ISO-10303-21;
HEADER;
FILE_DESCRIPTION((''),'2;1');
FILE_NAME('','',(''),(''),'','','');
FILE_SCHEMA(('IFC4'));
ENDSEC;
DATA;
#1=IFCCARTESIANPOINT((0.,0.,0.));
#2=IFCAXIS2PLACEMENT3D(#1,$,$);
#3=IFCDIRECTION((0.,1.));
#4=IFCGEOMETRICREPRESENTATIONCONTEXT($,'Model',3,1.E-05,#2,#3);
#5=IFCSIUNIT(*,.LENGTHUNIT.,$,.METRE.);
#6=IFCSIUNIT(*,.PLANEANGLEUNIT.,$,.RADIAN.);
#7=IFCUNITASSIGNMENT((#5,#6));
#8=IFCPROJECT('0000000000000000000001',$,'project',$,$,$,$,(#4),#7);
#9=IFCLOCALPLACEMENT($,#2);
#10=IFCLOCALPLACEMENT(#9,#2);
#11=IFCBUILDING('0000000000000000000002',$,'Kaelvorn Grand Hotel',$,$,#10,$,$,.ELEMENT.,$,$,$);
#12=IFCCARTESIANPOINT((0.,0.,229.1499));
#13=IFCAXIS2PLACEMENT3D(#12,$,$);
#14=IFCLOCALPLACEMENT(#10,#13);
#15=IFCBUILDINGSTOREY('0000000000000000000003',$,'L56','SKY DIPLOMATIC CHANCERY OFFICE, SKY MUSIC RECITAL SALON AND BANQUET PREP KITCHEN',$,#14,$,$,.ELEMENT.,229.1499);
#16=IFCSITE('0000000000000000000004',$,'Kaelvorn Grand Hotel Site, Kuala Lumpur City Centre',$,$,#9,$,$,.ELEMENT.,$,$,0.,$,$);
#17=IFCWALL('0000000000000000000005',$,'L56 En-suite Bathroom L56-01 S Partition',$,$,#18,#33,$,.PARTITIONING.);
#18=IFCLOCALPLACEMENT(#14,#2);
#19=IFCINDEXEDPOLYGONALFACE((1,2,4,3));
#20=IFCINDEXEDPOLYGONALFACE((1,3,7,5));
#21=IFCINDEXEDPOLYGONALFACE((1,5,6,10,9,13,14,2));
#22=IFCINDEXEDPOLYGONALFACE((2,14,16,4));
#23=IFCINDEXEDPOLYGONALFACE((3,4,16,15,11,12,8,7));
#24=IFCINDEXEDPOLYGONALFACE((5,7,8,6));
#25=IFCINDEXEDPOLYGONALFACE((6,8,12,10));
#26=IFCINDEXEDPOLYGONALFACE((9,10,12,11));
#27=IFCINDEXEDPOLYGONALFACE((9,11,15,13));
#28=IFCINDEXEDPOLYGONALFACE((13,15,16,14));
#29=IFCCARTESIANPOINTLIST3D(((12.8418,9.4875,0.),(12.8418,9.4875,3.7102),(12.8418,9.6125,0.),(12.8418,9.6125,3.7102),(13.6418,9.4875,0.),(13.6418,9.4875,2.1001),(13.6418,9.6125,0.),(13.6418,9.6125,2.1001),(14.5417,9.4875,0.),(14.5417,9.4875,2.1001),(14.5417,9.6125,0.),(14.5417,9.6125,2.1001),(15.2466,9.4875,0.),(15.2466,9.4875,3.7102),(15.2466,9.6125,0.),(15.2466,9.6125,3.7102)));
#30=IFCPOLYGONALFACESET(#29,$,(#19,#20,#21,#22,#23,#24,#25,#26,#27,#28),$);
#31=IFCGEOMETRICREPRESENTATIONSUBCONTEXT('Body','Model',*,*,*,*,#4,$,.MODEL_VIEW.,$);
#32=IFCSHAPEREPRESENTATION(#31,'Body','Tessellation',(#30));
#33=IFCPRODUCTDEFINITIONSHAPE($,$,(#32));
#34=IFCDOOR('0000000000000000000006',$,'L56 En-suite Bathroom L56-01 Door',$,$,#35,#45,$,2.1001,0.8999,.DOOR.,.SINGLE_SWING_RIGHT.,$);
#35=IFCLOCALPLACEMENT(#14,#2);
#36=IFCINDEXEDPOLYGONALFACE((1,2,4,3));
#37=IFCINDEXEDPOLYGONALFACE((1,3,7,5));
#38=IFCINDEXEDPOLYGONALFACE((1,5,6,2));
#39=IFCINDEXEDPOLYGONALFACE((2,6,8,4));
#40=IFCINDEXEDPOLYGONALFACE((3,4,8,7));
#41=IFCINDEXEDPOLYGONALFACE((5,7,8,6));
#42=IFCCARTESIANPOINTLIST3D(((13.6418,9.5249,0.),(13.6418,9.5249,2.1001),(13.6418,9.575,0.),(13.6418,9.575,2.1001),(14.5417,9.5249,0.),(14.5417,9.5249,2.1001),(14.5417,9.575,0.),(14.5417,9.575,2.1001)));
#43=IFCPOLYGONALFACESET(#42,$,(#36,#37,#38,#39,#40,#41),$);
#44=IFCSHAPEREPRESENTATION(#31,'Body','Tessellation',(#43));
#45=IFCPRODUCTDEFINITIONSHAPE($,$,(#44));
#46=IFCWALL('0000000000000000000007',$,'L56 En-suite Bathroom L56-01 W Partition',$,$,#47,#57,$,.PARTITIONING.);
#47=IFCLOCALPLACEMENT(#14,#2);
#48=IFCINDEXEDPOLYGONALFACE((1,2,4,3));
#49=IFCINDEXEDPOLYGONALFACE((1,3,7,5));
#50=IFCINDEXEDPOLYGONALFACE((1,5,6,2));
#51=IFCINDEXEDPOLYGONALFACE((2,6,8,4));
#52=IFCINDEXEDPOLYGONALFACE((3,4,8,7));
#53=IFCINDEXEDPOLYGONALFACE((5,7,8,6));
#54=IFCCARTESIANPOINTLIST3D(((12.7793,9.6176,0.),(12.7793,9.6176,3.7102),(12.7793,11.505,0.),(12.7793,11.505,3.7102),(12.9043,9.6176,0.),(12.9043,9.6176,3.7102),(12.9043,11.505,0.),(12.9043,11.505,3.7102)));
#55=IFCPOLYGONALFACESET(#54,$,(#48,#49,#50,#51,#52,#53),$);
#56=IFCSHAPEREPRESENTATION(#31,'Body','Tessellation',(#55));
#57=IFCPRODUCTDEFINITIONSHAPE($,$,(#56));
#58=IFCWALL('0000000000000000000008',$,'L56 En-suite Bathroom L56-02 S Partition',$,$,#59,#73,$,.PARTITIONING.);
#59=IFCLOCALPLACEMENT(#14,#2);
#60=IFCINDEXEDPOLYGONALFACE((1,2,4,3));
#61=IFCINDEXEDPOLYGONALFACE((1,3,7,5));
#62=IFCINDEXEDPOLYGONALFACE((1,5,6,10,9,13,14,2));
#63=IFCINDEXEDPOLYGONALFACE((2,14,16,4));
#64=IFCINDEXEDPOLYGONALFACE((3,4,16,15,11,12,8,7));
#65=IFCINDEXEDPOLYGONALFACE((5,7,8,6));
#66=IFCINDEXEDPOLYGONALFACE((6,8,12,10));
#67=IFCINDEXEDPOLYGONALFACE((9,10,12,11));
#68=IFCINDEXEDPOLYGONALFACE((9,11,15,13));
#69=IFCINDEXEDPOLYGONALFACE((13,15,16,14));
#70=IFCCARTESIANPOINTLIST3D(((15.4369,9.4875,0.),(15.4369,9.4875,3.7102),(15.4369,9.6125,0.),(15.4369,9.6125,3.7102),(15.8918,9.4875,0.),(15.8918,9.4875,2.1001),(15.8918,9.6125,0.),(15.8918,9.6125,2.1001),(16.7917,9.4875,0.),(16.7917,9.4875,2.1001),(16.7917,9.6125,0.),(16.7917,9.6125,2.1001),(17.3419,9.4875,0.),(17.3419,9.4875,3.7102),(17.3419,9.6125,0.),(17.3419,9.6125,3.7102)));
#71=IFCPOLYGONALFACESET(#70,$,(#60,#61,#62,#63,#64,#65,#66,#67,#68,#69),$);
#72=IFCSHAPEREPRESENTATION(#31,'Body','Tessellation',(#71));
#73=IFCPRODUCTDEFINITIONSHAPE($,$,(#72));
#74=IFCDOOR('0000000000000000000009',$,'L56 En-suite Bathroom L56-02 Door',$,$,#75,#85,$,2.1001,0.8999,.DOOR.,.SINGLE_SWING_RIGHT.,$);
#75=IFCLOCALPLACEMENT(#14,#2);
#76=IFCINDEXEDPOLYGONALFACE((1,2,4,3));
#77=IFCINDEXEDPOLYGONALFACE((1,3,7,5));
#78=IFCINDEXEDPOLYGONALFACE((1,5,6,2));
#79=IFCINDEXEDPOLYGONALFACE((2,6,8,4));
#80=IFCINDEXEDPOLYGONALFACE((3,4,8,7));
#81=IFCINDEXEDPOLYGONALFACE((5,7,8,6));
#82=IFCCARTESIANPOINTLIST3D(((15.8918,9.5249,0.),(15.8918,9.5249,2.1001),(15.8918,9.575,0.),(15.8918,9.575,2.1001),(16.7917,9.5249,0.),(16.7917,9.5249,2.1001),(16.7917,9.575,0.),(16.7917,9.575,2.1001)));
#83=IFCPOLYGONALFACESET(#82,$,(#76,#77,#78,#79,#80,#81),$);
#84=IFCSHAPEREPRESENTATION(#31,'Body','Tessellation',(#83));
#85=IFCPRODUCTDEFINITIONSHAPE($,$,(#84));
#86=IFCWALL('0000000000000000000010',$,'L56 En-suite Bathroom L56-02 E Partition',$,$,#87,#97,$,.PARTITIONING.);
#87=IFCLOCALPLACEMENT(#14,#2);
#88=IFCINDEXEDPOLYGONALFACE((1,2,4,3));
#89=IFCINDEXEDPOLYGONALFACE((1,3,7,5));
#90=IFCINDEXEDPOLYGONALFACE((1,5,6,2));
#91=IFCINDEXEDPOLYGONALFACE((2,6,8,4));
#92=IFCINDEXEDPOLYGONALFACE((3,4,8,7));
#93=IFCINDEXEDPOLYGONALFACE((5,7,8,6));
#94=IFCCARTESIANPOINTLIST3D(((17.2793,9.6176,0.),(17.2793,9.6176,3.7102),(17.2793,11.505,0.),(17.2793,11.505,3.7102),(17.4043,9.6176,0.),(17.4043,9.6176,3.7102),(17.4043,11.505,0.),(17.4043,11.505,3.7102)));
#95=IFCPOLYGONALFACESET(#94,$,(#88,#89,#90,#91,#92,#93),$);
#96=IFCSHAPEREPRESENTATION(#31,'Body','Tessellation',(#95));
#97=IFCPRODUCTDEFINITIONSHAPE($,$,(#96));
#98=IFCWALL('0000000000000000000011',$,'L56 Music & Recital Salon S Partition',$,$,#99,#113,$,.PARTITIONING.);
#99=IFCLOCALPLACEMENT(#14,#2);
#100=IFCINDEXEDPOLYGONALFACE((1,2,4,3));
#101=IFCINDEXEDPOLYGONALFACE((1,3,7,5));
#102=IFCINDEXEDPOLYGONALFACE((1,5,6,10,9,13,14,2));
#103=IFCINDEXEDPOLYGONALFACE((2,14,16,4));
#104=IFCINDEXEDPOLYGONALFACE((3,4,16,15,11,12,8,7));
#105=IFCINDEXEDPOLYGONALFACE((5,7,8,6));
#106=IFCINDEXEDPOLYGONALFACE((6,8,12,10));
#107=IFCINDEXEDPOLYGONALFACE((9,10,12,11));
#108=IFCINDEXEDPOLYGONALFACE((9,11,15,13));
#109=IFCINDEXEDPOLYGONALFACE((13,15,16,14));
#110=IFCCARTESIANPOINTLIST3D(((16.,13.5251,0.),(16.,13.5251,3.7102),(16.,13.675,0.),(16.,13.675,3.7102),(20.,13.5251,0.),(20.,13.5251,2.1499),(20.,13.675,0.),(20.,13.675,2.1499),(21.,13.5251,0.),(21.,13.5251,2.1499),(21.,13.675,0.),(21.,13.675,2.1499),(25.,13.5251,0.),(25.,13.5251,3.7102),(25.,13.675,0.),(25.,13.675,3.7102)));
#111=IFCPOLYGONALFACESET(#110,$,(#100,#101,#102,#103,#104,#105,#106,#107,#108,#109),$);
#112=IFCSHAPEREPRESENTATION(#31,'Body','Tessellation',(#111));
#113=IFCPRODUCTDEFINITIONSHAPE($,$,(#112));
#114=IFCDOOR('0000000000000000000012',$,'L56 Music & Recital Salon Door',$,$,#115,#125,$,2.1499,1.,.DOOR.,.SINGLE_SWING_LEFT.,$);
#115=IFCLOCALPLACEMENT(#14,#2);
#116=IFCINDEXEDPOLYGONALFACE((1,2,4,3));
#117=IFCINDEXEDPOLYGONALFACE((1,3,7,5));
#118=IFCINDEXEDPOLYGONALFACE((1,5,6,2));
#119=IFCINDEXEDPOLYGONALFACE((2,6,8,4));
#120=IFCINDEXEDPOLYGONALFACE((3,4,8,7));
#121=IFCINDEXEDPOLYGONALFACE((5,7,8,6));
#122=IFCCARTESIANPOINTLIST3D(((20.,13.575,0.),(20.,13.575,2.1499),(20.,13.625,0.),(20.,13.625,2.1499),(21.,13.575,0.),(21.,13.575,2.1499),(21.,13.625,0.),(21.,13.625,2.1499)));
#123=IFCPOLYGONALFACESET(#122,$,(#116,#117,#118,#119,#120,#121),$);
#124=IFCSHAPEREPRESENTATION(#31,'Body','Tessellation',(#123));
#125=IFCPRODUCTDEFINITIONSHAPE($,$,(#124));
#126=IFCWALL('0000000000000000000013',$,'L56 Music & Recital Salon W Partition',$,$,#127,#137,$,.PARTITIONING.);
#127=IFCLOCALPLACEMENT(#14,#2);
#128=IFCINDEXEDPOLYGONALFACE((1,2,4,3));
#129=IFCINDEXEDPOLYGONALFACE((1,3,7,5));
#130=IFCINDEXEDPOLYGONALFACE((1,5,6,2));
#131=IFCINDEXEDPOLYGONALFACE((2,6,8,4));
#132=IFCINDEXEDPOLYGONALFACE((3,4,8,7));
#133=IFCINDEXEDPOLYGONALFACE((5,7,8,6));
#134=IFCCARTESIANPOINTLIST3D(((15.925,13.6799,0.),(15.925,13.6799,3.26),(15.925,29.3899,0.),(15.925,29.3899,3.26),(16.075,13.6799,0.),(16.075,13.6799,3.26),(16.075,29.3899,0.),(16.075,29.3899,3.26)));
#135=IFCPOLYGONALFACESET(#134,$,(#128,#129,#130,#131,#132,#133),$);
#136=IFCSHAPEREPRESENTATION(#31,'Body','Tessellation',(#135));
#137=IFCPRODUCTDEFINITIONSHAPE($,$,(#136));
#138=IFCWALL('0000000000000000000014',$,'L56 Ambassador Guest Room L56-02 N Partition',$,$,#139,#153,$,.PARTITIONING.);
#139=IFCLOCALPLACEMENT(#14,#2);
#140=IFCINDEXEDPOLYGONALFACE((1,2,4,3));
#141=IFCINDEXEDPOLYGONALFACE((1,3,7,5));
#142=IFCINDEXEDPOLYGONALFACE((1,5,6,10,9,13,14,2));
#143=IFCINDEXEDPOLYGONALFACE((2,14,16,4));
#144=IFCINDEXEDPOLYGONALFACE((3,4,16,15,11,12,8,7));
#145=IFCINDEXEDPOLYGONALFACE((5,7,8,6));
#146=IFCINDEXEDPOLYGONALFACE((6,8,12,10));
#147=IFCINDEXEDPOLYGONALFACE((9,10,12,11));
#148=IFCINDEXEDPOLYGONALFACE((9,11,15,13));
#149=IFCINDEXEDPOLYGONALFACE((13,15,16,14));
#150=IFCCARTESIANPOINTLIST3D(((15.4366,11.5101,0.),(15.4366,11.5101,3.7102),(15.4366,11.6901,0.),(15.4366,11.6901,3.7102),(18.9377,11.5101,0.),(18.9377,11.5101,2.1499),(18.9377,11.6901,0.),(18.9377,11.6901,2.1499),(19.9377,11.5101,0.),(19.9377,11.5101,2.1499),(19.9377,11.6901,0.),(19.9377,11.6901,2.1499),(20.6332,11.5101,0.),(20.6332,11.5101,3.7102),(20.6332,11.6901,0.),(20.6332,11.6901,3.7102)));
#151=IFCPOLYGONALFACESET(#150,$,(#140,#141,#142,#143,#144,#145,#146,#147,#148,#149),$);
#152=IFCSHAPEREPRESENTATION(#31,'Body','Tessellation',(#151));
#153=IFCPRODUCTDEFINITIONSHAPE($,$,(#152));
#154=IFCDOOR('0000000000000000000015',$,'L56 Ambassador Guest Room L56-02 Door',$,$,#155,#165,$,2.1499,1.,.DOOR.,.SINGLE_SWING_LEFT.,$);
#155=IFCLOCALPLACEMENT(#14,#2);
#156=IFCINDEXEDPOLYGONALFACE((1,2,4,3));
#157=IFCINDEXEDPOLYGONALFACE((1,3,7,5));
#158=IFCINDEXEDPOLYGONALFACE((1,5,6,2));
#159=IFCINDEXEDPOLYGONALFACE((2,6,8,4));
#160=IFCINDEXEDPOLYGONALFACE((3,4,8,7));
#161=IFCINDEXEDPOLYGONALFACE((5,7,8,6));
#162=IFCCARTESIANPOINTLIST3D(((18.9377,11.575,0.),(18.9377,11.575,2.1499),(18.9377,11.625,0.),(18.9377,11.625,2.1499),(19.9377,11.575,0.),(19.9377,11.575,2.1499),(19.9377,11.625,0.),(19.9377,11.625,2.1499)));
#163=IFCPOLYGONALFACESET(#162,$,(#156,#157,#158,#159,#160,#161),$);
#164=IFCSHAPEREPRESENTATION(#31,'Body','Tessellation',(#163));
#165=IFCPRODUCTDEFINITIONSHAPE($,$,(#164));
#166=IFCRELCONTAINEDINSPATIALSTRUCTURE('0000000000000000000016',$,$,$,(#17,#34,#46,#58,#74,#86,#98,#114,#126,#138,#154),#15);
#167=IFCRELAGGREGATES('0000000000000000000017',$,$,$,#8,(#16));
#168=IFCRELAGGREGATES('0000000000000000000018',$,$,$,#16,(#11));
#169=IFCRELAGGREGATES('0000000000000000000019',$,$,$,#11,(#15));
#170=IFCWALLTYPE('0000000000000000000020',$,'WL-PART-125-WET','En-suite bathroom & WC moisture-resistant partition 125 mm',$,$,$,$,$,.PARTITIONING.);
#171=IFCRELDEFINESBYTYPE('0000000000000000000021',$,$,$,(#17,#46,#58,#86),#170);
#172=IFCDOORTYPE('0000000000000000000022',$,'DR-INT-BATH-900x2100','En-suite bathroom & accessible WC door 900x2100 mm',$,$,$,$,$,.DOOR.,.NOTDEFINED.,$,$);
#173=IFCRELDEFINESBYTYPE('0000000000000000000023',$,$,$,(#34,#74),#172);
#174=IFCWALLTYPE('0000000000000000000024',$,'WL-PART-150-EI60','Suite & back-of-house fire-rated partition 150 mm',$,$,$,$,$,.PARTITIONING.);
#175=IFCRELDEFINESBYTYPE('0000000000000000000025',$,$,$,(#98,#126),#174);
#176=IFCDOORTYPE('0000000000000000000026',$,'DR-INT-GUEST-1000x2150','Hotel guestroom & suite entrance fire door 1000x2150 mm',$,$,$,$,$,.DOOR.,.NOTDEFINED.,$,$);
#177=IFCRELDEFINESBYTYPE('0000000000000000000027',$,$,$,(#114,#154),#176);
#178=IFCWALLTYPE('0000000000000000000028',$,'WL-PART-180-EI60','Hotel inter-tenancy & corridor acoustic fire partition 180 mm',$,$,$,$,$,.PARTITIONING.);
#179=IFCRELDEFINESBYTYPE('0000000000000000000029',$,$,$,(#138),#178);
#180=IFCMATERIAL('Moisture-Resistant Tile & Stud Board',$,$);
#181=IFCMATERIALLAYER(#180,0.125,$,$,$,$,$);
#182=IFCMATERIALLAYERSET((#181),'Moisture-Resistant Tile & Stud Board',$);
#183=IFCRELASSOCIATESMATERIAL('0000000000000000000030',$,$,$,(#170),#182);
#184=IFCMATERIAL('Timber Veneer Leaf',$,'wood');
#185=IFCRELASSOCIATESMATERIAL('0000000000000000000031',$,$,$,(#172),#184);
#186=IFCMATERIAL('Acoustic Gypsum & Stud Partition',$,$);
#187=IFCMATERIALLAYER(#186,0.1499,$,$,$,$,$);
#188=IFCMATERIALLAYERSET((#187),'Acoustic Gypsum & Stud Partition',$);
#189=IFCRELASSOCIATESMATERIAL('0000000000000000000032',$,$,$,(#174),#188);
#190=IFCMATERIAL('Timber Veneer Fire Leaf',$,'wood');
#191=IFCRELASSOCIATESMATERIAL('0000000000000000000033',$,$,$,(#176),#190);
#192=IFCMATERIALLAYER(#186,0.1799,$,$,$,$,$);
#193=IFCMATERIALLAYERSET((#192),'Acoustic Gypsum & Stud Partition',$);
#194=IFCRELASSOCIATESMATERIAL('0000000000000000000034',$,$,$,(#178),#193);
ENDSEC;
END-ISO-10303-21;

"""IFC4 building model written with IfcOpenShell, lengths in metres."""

from ifc_helpers import new_model, si_unit, direction, frame, frame_2d, origin, place, context, subcontext, project, spatial, rectangle, extrude, material, layer, layer_set, type_object, element, fill, save


model = new_model("IFC4")

# Units and contexts
model_context = context("Model", 3, precision=1e-05, world=origin(), true_north=direction((0.0, 1.0)))
body_context = subcontext(model_context, "Body", "Model", "MODEL_VIEW")
ifc_project = project(units=[si_unit("LENGTHUNIT", "METRE"), si_unit("PLANEANGLEUNIT", "RADIAN")], contexts=[model_context])

# Site, building, storey
site_placement = place(None, origin())
site = spatial("IfcSite", under=ifc_project, at=site_placement, Name="Kaelvorn Grand Hotel Site, Kuala Lumpur City Centre", CompositionType="ELEMENT", RefElevation=0.0)
building_placement = place(site_placement, origin())
building = spatial("IfcBuilding", under=site, at=building_placement, Name="Kaelvorn Grand Hotel", CompositionType="ELEMENT")
storey_placement = place(building_placement, frame((0.0, 0.0, 229.1499)))
storey = spatial("IfcBuildingStorey", under=building, at=storey_placement, Name="L56", Description="SKY DIPLOMATIC CHANCERY OFFICE, SKY MUSIC RECITAL SALON AND BANQUET PREP KITCHEN", CompositionType="ELEMENT", Elevation=229.1499)

# Wall, opening, door
ifc_material_1 = material(Name="Moisture-Resistant Tile & Stud Board")
ifc_layer_1 = layer(ifc_material_1, 0.125)
ifc_layer_set_1 = layer_set([ifc_layer_1], Name="Moisture-Resistant Tile & Stud Board")
wall_type_1 = type_object("IfcWallType", Name="WL-PART-125-WET", Description="En-suite bathroom & WC moisture-resistant partition 125 mm", PredefinedType="PARTITIONING", material=ifc_layer_set_1)
wall_1_placement = place(storey_placement, frame((12.8418, 9.55, 0.0), z_axis=(0.0, 0.0, 1.0), x_axis=(1.0, 0.0, 0.0)))
wall_1 = element("IfcWall", 1, at=wall_1_placement, inside=storey, type_object=wall_type_1, Name="L56 En-suite Bathroom L56-01 S Partition", PredefinedType="PARTITIONING", context=body_context, shape_type="SweptSolid", body=[
    extrude(rectangle(XDim=2.4048, YDim=0.125, at=frame_2d((1.2024, 0.0))), origin(), (0.0, 0.0, 1.0), 3.7102),
])
opening_1_placement = place(wall_1_placement, frame((0.8, 0.0, 0.0)))
opening_1 = element("IfcOpeningElement", 2, at=opening_1_placement, cuts=wall_1, PredefinedType="OPENING", context=body_context, shape_type="SweptSolid", body=[
    extrude(rectangle(XDim=0.8999, YDim=2.1001, at=frame_2d((0.45, 1.05))), frame((0.0, 0.0725, 0.0), z_axis=(0.0, -1.0, 0.0), x_axis=(1.0, 0.0, 0.0)), (0.0, 0.0, 1.0), 0.145),
])
ifc_material_2 = material(Name="Timber Veneer Leaf", Category="wood")
door_type_1 = type_object("IfcDoorType", Name="DR-INT-BATH-900x2100", Description="En-suite bathroom & accessible WC door 900x2100 mm", OperationType="NOTDEFINED", PredefinedType="DOOR", material=ifc_material_2)
door_1_placement = place(opening_1_placement, origin())
door_1 = element("IfcDoor", 3, at=door_1_placement, inside=storey, type_object=door_type_1, Name="L56 En-suite Bathroom L56-01 Door", OperationType="SINGLE_SWING_RIGHT", OverallHeight=2.1001, OverallWidth=0.8999, PredefinedType="DOOR", context=body_context, shape_type="SweptSolid", body=[
    extrude(rectangle(XDim=0.8999, YDim=2.1001, at=frame_2d((0.45, 1.05))), frame((0.0, 0.0249, 0.0), z_axis=(0.0, -1.0, 0.0), x_axis=(1.0, 0.0, 0.0)), (0.0, 0.0, 1.0), 0.05),
])
fill(opening_1, door_1)

# Wall
wall_2_placement = place(storey_placement, frame((12.8418, 9.6174, 0.0), z_axis=(0.0, 0.0, 1.0), x_axis=(0.0, 1.0, 0.0)))
element("IfcWall", 4, at=wall_2_placement, inside=storey, type_object=wall_type_1, Name="L56 En-suite Bathroom L56-01 W Partition", PredefinedType="PARTITIONING", context=body_context, shape_type="SweptSolid", body=[
    extrude(rectangle(XDim=1.8875, YDim=0.125, at=frame_2d((0.9438, 0.0))), origin(), (0.0, 0.0, 1.0), 3.7102),
])

# Wall, opening, door
wall_3_placement = place(storey_placement, frame((15.4368, 9.55, 0.0), z_axis=(0.0, 0.0, 1.0), x_axis=(1.0, 0.0, 0.0)))
wall_3 = element("IfcWall", 5, at=wall_3_placement, inside=storey, type_object=wall_type_1, Name="L56 En-suite Bathroom L56-02 S Partition", PredefinedType="PARTITIONING", context=body_context, shape_type="SweptSolid", body=[
    extrude(rectangle(XDim=1.905, YDim=0.125, at=frame_2d((0.9526, 0.0))), origin(), (0.0, 0.0, 1.0), 3.7102),
])
opening_2_placement = place(wall_3_placement, frame((0.4551, 0.0, 0.0)))
opening_2 = element("IfcOpeningElement", 6, at=opening_2_placement, cuts=wall_3, PredefinedType="OPENING", context=body_context, shape_type="SweptSolid", body=[
    extrude(rectangle(XDim=0.8999, YDim=2.1001, at=frame_2d((0.45, 1.05))), frame((0.0, 0.0725, 0.0), z_axis=(0.0, -1.0, 0.0), x_axis=(1.0, 0.0, 0.0)), (0.0, 0.0, 1.0), 0.145),
])
door_2_placement = place(opening_2_placement, origin())
door_2 = element("IfcDoor", 7, at=door_2_placement, inside=storey, type_object=door_type_1, Name="L56 En-suite Bathroom L56-02 Door", OperationType="SINGLE_SWING_RIGHT", OverallHeight=2.1001, OverallWidth=0.8999, PredefinedType="DOOR", context=body_context, shape_type="SweptSolid", body=[
    extrude(rectangle(XDim=0.8999, YDim=2.1001, at=frame_2d((0.45, 1.05))), frame((0.0, 0.0249, 0.0), z_axis=(0.0, -1.0, 0.0), x_axis=(1.0, 0.0, 0.0)), (0.0, 0.0, 1.0), 0.05),
])
fill(opening_2, door_2)

# Wall
wall_4_placement = place(storey_placement, frame((17.3418, 9.6174, 0.0), z_axis=(0.0, 0.0, 1.0), x_axis=(0.0, 1.0, 0.0)))
element("IfcWall", 8, at=wall_4_placement, inside=storey, type_object=wall_type_1, Name="L56 En-suite Bathroom L56-02 E Partition", PredefinedType="PARTITIONING", context=body_context, shape_type="SweptSolid", body=[
    extrude(rectangle(XDim=1.8875, YDim=0.125, at=frame_2d((0.9438, 0.0))), origin(), (0.0, 0.0, 1.0), 3.7102),
])

# Wall, opening, door
ifc_material_3 = material(Name="Acoustic Gypsum & Stud Partition")
ifc_layer_2 = layer(ifc_material_3, 0.1499)
ifc_layer_set_2 = layer_set([ifc_layer_2], Name="Acoustic Gypsum & Stud Partition")
wall_type_2 = type_object("IfcWallType", Name="WL-PART-150-EI60", Description="Suite & back-of-house fire-rated partition 150 mm", PredefinedType="PARTITIONING", material=ifc_layer_set_2)
wall_5_placement = place(storey_placement, frame((16.0, 13.6001, 0.0), z_axis=(0.0, 0.0, 1.0), x_axis=(1.0, 0.0, 0.0)))
wall_5 = element("IfcWall", 9, at=wall_5_placement, inside=storey, type_object=wall_type_2, Name="L56 Music & Recital Salon S Partition", PredefinedType="PARTITIONING", context=body_context, shape_type="SweptSolid", body=[
    extrude(rectangle(XDim=9.0, YDim=0.1499, at=frame_2d((4.5, 0.0))), origin(), (0.0, 0.0, 1.0), 3.7102),
])
opening_3_placement = place(wall_5_placement, frame((4.0, 0.0, 0.0)))
opening_3 = element("IfcOpeningElement", 10, at=opening_3_placement, cuts=wall_5, PredefinedType="OPENING", context=body_context, shape_type="SweptSolid", body=[
    extrude(rectangle(XDim=1.0, YDim=2.1499, at=frame_2d((0.5, 1.075))), frame((0.0, 0.085, 0.0), z_axis=(0.0, -1.0, 0.0), x_axis=(1.0, 0.0, 0.0)), (0.0, 0.0, 1.0), 0.1699),
])
ifc_material_4 = material(Name="Timber Veneer Fire Leaf", Category="wood")
door_type_2 = type_object("IfcDoorType", Name="DR-INT-GUEST-1000x2150", Description="Hotel guestroom & suite entrance fire door 1000x2150 mm", OperationType="NOTDEFINED", PredefinedType="DOOR", material=ifc_material_4)
door_3_placement = place(opening_3_placement, origin())
door_3 = element("IfcDoor", 11, at=door_3_placement, inside=storey, type_object=door_type_2, Name="L56 Music & Recital Salon Door", OperationType="SINGLE_SWING_LEFT", OverallHeight=2.1499, OverallWidth=1.0, PredefinedType="DOOR", context=body_context, shape_type="SweptSolid", body=[
    extrude(rectangle(XDim=1.0, YDim=2.1499, at=frame_2d((0.5, 1.075))), frame((0.0, 0.0249, 0.0), z_axis=(0.0, -1.0, 0.0), x_axis=(1.0, 0.0, 0.0)), (0.0, 0.0, 1.0), 0.05),
])
fill(opening_3, door_3)

# Wall
wall_6_placement = place(storey_placement, frame((16.0, 13.6799, 0.0), z_axis=(0.0, 0.0, 1.0), x_axis=(0.0, 1.0, 0.0)))
element("IfcWall", 12, at=wall_6_placement, inside=storey, type_object=wall_type_2, Name="L56 Music & Recital Salon W Partition", PredefinedType="PARTITIONING", context=body_context, shape_type="SweptSolid", body=[
    extrude(rectangle(XDim=15.71, YDim=0.1499, at=frame_2d((7.855, 0.0))), origin(), (0.0, 0.0, 1.0), 3.26),
])

# Wall, opening, door
ifc_layer_3 = layer(ifc_material_3, 0.1799)
ifc_layer_set_3 = layer_set([ifc_layer_3], Name="Acoustic Gypsum & Stud Partition")
wall_type_3 = type_object("IfcWallType", Name="WL-PART-180-EI60", Description="Hotel inter-tenancy & corridor acoustic fire partition 180 mm", PredefinedType="PARTITIONING", material=ifc_layer_set_3)
wall_7_placement = place(storey_placement, frame((15.4368, 11.6001, 0.0), z_axis=(0.0, 0.0, 1.0), x_axis=(1.0, 0.0, 0.0)))
wall_7 = element("IfcWall", 13, at=wall_7_placement, inside=storey, type_object=wall_type_3, Name="L56 Ambassador Guest Room L56-02 N Partition", PredefinedType="PARTITIONING", context=body_context, shape_type="SweptSolid", body=[
    extrude(rectangle(XDim=5.1965, YDim=0.1799, at=frame_2d((2.5981, 0.0))), origin(), (0.0, 0.0, 1.0), 3.7102),
])
opening_4_placement = place(wall_7_placement, frame((3.501, 0.0, 0.0)))
opening_4 = element("IfcOpeningElement", 14, at=opening_4_placement, cuts=wall_7, PredefinedType="OPENING", context=body_context, shape_type="SweptSolid", body=[
    extrude(rectangle(XDim=1.0, YDim=2.1499, at=frame_2d((0.5, 1.075))), frame((0.0, 0.1001, 0.0), z_axis=(0.0, -1.0, 0.0), x_axis=(1.0, 0.0, 0.0)), (0.0, 0.0, 1.0), 0.2),
])
door_4_placement = place(opening_4_placement, origin())
door_4 = element("IfcDoor", 15, at=door_4_placement, inside=storey, type_object=door_type_2, Name="L56 Ambassador Guest Room L56-02 Door", OperationType="SINGLE_SWING_LEFT", OverallHeight=2.1499, OverallWidth=1.0, PredefinedType="DOOR", context=body_context, shape_type="SweptSolid", body=[
    extrude(rectangle(XDim=1.0, YDim=2.1499, at=frame_2d((0.5, 1.075))), frame((0.0, 0.0249, 0.0), z_axis=(0.0, -1.0, 0.0), x_axis=(1.0, 0.0, 0.0)), (0.0, 0.0, 1.0), 0.05),
])
fill(opening_4, door_4)

save(model, "model.ifc")
